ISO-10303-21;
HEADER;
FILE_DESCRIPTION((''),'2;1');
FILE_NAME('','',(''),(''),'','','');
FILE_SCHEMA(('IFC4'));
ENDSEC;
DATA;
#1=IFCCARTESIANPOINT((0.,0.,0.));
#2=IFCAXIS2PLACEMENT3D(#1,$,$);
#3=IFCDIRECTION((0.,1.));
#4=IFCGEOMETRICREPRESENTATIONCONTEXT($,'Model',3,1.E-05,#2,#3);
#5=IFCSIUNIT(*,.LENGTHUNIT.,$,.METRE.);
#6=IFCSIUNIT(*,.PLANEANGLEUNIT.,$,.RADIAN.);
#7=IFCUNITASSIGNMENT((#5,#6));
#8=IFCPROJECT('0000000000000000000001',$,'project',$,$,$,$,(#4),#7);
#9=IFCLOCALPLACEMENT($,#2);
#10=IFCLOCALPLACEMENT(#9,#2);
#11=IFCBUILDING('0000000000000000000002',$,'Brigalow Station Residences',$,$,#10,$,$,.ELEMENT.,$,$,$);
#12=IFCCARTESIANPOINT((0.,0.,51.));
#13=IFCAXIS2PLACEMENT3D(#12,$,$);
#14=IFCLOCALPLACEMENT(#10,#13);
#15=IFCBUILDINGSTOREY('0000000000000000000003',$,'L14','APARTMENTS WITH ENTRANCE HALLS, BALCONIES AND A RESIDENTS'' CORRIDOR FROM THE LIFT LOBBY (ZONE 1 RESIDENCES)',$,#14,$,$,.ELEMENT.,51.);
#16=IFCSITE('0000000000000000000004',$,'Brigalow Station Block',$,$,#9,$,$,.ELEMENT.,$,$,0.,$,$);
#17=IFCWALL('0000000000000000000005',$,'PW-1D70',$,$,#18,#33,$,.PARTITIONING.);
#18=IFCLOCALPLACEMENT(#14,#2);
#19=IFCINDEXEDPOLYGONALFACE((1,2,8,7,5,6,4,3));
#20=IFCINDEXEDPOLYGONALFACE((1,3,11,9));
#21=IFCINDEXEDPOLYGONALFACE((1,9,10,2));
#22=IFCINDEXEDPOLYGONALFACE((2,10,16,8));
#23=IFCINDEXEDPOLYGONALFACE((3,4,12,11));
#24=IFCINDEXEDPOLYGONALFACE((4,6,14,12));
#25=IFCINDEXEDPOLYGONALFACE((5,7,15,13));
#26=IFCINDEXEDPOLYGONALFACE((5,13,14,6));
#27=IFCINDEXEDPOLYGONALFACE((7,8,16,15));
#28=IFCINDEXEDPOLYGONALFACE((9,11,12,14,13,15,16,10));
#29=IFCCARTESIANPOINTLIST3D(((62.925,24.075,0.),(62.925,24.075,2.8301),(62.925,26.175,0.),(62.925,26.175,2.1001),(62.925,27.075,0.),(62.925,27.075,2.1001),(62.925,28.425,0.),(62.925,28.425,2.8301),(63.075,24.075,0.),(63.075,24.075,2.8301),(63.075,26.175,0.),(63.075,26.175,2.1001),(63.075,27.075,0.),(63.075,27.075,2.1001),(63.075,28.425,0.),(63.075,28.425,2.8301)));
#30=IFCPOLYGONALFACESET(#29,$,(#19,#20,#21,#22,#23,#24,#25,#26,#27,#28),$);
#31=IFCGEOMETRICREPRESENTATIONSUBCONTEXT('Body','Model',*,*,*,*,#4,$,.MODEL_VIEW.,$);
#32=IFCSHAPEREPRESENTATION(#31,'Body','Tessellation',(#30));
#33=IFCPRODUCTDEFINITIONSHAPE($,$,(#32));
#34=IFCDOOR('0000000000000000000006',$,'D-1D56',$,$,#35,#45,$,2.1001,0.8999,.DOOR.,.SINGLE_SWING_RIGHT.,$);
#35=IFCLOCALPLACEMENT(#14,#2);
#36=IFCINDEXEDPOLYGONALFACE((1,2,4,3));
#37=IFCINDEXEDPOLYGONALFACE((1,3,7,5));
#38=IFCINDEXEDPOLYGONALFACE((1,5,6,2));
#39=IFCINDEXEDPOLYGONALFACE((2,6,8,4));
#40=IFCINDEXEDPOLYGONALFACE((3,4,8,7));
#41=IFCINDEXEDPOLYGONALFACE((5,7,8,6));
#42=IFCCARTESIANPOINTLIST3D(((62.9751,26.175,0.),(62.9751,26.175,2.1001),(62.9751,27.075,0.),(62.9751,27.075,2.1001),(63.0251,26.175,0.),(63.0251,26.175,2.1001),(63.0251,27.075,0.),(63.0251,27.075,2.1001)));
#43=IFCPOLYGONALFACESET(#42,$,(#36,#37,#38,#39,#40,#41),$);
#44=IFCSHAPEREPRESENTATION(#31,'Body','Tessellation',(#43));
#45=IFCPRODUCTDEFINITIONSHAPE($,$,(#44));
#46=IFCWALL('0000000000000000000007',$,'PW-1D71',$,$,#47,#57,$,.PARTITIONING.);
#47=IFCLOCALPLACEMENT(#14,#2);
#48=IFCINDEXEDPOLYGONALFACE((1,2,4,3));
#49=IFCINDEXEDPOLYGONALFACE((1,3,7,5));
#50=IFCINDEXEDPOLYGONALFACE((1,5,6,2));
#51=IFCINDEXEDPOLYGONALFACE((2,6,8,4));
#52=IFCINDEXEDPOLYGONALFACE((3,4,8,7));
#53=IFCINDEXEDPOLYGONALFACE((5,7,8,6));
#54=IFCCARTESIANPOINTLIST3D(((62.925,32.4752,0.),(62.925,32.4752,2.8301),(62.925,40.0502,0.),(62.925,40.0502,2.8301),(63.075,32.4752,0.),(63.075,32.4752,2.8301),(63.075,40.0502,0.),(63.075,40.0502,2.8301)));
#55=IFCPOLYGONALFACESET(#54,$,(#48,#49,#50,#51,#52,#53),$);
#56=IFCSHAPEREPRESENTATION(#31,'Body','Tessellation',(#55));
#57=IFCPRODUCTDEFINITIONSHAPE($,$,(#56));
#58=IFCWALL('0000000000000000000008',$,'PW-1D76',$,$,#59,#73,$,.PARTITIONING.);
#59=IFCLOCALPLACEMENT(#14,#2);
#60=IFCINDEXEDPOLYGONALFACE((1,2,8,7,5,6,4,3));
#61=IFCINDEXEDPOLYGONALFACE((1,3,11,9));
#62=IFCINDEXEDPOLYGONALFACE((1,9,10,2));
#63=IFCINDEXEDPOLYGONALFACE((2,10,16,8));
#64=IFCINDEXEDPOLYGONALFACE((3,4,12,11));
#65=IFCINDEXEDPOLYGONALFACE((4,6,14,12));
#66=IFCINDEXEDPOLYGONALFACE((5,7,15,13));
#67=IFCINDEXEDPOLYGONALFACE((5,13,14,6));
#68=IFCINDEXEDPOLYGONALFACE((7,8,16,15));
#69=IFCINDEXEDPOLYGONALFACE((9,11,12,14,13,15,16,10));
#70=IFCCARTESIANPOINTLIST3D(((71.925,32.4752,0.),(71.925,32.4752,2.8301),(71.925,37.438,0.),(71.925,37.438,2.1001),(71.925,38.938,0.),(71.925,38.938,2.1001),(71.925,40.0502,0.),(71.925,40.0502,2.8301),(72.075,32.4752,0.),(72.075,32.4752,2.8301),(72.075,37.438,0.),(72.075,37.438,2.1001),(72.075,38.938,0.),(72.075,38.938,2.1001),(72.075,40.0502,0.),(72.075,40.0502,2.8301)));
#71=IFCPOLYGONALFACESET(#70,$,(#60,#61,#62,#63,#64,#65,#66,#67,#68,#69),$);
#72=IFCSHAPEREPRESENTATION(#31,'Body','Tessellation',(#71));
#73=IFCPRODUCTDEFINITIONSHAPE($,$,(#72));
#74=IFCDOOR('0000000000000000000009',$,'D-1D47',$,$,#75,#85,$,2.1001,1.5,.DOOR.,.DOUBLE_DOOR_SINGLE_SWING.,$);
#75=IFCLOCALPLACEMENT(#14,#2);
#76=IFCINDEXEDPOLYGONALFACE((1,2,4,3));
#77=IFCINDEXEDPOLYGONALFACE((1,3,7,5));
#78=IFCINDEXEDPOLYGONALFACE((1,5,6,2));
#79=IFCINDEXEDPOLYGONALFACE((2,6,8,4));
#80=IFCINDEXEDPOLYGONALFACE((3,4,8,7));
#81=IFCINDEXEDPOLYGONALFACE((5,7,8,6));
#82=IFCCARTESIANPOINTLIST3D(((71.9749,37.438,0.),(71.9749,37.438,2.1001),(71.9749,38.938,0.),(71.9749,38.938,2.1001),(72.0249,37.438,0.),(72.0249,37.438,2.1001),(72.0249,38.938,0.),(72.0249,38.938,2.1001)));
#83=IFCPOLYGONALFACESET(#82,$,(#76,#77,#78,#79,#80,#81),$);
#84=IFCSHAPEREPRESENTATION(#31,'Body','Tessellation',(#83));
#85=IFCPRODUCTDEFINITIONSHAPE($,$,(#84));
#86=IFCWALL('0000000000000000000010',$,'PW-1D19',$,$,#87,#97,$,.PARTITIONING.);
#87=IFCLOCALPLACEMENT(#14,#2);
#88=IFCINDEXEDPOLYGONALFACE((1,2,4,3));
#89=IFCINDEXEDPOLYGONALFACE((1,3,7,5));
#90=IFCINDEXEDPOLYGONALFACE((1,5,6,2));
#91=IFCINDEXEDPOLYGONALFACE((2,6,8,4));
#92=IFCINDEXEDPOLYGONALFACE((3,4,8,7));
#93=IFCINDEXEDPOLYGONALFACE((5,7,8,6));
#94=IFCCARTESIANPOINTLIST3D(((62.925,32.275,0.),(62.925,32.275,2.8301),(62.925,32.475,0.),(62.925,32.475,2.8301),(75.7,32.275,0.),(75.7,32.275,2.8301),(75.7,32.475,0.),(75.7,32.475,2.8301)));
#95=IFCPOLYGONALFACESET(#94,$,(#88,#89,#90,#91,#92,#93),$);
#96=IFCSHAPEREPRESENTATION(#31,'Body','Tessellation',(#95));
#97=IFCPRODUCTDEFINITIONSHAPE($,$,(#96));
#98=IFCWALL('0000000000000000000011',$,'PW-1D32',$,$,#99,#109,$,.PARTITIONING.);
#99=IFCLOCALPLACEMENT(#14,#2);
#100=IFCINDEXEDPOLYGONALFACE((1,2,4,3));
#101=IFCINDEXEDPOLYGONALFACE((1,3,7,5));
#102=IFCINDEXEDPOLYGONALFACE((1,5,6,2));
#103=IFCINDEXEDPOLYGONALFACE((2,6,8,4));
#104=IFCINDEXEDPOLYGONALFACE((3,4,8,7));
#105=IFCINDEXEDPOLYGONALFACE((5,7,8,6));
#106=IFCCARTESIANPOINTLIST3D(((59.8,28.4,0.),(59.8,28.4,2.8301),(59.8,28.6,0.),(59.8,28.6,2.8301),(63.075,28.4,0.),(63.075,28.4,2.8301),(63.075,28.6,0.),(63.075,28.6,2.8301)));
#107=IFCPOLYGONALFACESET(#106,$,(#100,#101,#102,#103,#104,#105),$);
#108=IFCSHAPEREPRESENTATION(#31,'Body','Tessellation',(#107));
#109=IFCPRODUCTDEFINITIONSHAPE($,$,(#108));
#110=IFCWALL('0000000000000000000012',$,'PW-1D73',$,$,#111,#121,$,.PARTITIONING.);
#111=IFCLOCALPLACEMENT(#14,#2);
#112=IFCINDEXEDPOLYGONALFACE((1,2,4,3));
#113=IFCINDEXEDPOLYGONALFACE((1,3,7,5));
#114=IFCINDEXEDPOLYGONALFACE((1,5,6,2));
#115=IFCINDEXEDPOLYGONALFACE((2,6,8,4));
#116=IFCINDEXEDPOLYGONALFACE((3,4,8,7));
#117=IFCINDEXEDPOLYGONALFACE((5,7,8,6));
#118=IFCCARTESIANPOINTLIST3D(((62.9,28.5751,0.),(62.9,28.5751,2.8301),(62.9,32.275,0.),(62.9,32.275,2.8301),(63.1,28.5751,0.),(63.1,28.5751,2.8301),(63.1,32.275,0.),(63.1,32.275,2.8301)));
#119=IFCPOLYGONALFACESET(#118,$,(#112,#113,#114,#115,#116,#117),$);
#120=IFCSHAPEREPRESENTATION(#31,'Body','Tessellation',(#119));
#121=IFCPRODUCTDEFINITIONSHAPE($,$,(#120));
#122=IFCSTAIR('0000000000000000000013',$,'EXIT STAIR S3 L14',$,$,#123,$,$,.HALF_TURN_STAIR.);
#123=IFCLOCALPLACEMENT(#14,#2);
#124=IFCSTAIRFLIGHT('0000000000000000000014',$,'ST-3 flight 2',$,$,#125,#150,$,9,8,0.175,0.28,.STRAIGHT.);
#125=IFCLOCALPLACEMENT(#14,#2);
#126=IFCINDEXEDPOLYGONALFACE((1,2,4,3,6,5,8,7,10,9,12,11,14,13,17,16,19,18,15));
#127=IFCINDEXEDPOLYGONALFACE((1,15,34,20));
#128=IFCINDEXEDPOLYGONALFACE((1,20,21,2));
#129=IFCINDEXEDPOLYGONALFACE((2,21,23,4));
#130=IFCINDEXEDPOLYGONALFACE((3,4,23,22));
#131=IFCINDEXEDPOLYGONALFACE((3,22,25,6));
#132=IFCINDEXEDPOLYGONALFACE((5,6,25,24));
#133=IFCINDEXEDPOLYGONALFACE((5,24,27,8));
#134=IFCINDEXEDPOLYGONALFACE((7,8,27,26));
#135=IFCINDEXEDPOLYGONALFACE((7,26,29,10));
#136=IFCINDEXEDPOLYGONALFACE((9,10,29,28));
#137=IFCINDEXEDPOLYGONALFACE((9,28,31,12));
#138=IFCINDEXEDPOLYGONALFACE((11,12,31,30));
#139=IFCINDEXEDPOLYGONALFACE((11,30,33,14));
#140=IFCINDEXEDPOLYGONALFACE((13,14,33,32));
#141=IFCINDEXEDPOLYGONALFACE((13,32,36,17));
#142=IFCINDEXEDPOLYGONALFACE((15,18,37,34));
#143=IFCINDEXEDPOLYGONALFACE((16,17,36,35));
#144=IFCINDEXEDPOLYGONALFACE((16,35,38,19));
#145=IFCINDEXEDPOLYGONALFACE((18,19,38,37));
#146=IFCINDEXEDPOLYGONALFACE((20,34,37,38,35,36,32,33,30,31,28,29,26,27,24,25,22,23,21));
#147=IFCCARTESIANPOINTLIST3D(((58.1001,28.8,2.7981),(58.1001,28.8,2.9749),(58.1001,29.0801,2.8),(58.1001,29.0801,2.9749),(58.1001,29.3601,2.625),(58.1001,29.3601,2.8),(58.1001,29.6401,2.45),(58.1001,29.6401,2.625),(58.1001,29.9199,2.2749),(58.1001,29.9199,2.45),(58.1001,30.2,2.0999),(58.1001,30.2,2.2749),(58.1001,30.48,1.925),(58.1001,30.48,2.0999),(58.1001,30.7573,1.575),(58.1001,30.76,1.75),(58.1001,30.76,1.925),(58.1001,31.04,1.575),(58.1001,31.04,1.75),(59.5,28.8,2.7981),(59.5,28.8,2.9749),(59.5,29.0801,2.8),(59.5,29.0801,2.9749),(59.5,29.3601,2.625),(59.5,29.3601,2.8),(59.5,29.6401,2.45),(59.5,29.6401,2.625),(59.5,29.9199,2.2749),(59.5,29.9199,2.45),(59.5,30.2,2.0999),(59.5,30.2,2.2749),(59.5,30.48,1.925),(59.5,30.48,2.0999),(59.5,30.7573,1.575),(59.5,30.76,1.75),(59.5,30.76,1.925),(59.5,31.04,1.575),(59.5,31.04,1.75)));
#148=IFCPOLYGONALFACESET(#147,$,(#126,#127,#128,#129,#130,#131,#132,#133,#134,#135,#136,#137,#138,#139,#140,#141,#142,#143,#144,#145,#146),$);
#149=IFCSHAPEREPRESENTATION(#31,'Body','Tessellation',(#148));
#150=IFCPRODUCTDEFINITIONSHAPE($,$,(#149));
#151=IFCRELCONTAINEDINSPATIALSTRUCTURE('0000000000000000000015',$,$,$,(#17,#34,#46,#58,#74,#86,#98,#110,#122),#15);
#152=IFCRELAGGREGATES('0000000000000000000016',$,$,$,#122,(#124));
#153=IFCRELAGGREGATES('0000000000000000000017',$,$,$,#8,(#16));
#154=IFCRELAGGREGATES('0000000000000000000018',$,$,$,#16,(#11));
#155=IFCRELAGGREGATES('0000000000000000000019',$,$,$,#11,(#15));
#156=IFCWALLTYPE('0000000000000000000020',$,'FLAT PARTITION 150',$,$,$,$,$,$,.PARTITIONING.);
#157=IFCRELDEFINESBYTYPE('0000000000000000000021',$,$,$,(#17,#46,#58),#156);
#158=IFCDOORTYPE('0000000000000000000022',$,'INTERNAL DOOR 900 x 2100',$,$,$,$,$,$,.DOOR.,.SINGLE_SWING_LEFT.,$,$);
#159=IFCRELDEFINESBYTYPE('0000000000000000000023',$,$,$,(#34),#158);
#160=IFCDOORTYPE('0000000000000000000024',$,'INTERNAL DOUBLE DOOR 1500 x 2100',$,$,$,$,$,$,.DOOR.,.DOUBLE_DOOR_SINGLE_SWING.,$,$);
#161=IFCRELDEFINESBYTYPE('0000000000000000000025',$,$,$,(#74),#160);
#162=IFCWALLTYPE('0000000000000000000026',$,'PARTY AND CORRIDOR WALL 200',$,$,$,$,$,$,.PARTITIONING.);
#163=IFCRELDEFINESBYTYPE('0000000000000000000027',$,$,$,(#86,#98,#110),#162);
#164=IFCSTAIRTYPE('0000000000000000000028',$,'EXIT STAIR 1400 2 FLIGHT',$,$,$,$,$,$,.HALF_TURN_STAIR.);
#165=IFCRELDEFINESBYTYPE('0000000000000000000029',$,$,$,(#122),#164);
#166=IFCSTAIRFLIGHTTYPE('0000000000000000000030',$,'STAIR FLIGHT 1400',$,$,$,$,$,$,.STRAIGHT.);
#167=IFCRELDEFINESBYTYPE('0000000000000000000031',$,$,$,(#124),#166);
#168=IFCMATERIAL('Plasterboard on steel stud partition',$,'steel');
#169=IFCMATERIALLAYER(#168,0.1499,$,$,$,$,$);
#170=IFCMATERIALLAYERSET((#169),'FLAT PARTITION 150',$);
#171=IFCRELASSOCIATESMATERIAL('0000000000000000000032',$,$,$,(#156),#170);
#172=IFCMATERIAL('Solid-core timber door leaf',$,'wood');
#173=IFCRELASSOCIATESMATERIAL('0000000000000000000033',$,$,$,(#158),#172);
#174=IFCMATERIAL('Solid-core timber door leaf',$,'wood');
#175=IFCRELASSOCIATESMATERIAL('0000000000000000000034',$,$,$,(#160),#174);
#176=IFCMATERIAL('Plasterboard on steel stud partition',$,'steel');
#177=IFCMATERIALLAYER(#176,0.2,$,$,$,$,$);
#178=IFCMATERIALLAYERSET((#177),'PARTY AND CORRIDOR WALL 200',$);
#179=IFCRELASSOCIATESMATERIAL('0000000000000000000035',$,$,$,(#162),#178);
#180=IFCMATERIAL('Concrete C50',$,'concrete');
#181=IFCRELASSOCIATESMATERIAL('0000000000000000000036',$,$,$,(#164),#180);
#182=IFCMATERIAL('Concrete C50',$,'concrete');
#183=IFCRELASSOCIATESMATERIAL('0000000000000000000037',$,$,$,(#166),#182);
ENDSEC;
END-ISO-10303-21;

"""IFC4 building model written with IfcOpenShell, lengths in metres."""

from ifc_helpers import new_model, si_unit, direction, frame, frame_2d, origin, place, context, subcontext, project, spatial, polyline, rectangle, outline, extrude, material, layer, layer_set, type_object, element, fill, aggregate, save


model = new_model("IFC4")

# Units and contexts
model_context = context("Model", 3, precision=1e-05, world=origin(), true_north=direction((0.0, 1.0)))
body_context = subcontext(model_context, "Body", "Model", "MODEL_VIEW")
ifc_project = project(units=[si_unit("LENGTHUNIT", "METRE"), si_unit("PLANEANGLEUNIT", "RADIAN")], contexts=[model_context])

# Site, building, storey
site_placement = place(None, origin())
site = spatial("IfcSite", under=ifc_project, at=site_placement, Name="Brigalow Station Block", CompositionType="ELEMENT", RefElevation=0.0)
building_placement = place(site_placement, origin())
building = spatial("IfcBuilding", under=site, at=building_placement, Name="Brigalow Station Residences", CompositionType="ELEMENT")
storey_placement = place(building_placement, frame((0.0, 0.0, 51.0)))
storey = spatial("IfcBuildingStorey", under=building, at=storey_placement, Name="L14", Description="APARTMENTS WITH ENTRANCE HALLS, BALCONIES AND A RESIDENTS' CORRIDOR FROM THE LIFT LOBBY (ZONE 1 RESIDENCES)", CompositionType="ELEMENT", Elevation=51.0)

# Wall, opening, door
ifc_material_1 = material(Name="Plasterboard on steel stud partition", Category="steel")
ifc_layer_1 = layer(ifc_material_1, 0.1499)
ifc_layer_set_1 = layer_set([ifc_layer_1], Name="FLAT PARTITION 150")
wall_type_1 = type_object("IfcWallType", Name="FLAT PARTITION 150", PredefinedType="PARTITIONING", material=ifc_layer_set_1)
ifc_material_2 = material(Name="Solid-core timber door leaf", Category="wood")
door_type_1 = type_object("IfcDoorType", Name="INTERNAL DOOR 900 x 2100", OperationType="SINGLE_SWING_LEFT", PredefinedType="DOOR", material=ifc_material_2)
ifc_material_3 = material(Name="Solid-core timber door leaf", Category="wood")
door_type_2 = type_object("IfcDoorType", Name="INTERNAL DOUBLE DOOR 1500 x 2100", OperationType="DOUBLE_DOOR_SINGLE_SWING", PredefinedType="DOOR", material=ifc_material_3)
wall_1_placement = place(storey_placement, frame((63.0, 24.075, 0.0), z_axis=(0.0, 0.0, 1.0), x_axis=(0.0, 1.0, 0.0)))
wall_1 = element("IfcWall", 1, at=wall_1_placement, inside=storey, type_object=wall_type_1, Name="PW-1D70", PredefinedType="PARTITIONING", context=body_context, shape_type="SweptSolid", body=[
    extrude(rectangle(XDim=4.3501, YDim=0.1499, at=frame_2d((2.175, 0.0))), origin(), (0.0, 0.0, 1.0), 2.8301),
])
opening_1_placement = place(wall_1_placement, frame((2.1001, 0.0, 0.0)))
opening_1 = element("IfcOpeningElement", 2, at=opening_1_placement, cuts=wall_1, PredefinedType="OPENING", context=body_context, shape_type="SweptSolid", body=[
    extrude(rectangle(XDim=0.8999, YDim=2.1001, at=frame_2d((0.45, 1.05))), frame((0.0, 0.085, 0.0), z_axis=(0.0, -1.0, 0.0), x_axis=(1.0, 0.0, 0.0)), (0.0, 0.0, 1.0), 0.1699),
])
door_1_placement = place(opening_1_placement, origin())
door_1 = element("IfcDoor", 3, at=door_1_placement, inside=storey, type_object=door_type_1, Name="D-1D56", OperationType="SINGLE_SWING_RIGHT", OverallHeight=2.1001, OverallWidth=0.8999, PredefinedType="DOOR", context=body_context, shape_type="SweptSolid", body=[
    extrude(rectangle(XDim=0.8999, YDim=2.1001, at=frame_2d((0.45, 1.05))), frame((0.0, 0.0249, 0.0), z_axis=(0.0, -1.0, 0.0), x_axis=(1.0, 0.0, 0.0)), (0.0, 0.0, 1.0), 0.05),
])
fill(opening_1, door_1)

# Wall
wall_2_placement = place(storey_placement, frame((63.0, 32.4751, 0.0), z_axis=(0.0, 0.0, 1.0), x_axis=(0.0, 1.0, 0.0)))
element("IfcWall", 4, at=wall_2_placement, inside=storey, type_object=wall_type_1, Name="PW-1D71", PredefinedType="PARTITIONING", context=body_context, shape_type="SweptSolid", body=[
    extrude(rectangle(XDim=7.575, YDim=0.1499, at=frame_2d((3.7876, 0.0))), origin(), (0.0, 0.0, 1.0), 2.8301),
])

# Wall, opening, door
wall_3_placement = place(storey_placement, frame((72.0, 32.4751, 0.0), z_axis=(0.0, 0.0, 1.0), x_axis=(0.0, 1.0, 0.0)))
wall_3 = element("IfcWall", 5, at=wall_3_placement, inside=storey, type_object=wall_type_1, Name="PW-1D76", PredefinedType="PARTITIONING", context=body_context, shape_type="SweptSolid", body=[
    extrude(rectangle(XDim=7.575, YDim=0.1499, at=frame_2d((3.7876, 0.0))), origin(), (0.0, 0.0, 1.0), 2.8301),
])
opening_2_placement = place(wall_3_placement, frame((4.9629, 0.0, 0.0)))
opening_2 = element("IfcOpeningElement", 6, at=opening_2_placement, cuts=wall_3, PredefinedType="OPENING", context=body_context, shape_type="SweptSolid", body=[
    extrude(rectangle(XDim=1.5, YDim=2.1001, at=frame_2d((0.75, 1.05))), frame((0.0, 0.085, 0.0), z_axis=(0.0, -1.0, 0.0), x_axis=(1.0, 0.0, 0.0)), (0.0, 0.0, 1.0), 0.1699),
])
door_2_placement = place(opening_2_placement, frame((1.5, 0.0, 0.0), z_axis=(0.0, 0.0, 1.0), x_axis=(-1.0, 0.0, 0.0)))
door_2 = element("IfcDoor", 7, at=door_2_placement, inside=storey, type_object=door_type_2, Name="D-1D47", OperationType="DOUBLE_DOOR_SINGLE_SWING", OverallHeight=2.1001, OverallWidth=1.5, PredefinedType="DOOR", context=body_context, shape_type="SweptSolid", body=[
    extrude(rectangle(XDim=1.5, YDim=2.1001, at=frame_2d((0.75, 1.05))), frame((0.0, 0.0249, 0.0), z_axis=(0.0, -1.0, 0.0), x_axis=(1.0, 0.0, 0.0)), (0.0, 0.0, 1.0), 0.05),
])
fill(opening_2, door_2)

# Walls
ifc_material_4 = material(Name="Plasterboard on steel stud partition", Category="steel")
ifc_layer_2 = layer(ifc_material_4, 0.2)
ifc_layer_set_2 = layer_set([ifc_layer_2], Name="PARTY AND CORRIDOR WALL 200")
wall_type_2 = type_object("IfcWallType", Name="PARTY AND CORRIDOR WALL 200", PredefinedType="PARTITIONING", material=ifc_layer_set_2)
wall_4_placement = place(storey_placement, frame((62.925, 32.375, 0.0), z_axis=(0.0, 0.0, 1.0), x_axis=(1.0, 0.0, 0.0)))
element("IfcWall", 8, at=wall_4_placement, inside=storey, type_object=wall_type_2, Name="PW-1D19", PredefinedType="PARTITIONING", context=body_context, shape_type="SweptSolid", body=[
    extrude(rectangle(XDim=12.7749, YDim=0.2, at=frame_2d((6.3875, 0.0))), origin(), (0.0, 0.0, 1.0), 2.8301),
])
wall_5_placement = place(storey_placement, frame((59.8, 28.5, 0.0), z_axis=(0.0, 0.0, 1.0), x_axis=(1.0, 0.0, 0.0)))
element("IfcWall", 9, at=wall_5_placement, inside=storey, type_object=wall_type_2, Name="PW-1D32", PredefinedType="PARTITIONING", context=body_context, shape_type="SweptSolid", body=[
    extrude(rectangle(XDim=3.2749, YDim=0.2, at=frame_2d((1.6375, 0.0))), origin(), (0.0, 0.0, 1.0), 2.8301),
])
wall_6_placement = place(storey_placement, frame((63.0, 28.575, 0.0), z_axis=(0.0, 0.0, 1.0), x_axis=(0.0, 1.0, 0.0)))
element("IfcWall", 10, at=wall_6_placement, inside=storey, type_object=wall_type_2, Name="PW-1D73", PredefinedType="PARTITIONING", context=body_context, shape_type="SweptSolid", body=[
    extrude(rectangle(XDim=3.7, YDim=0.2, at=frame_2d((1.8501, 0.0))), origin(), (0.0, 0.0, 1.0), 2.8301),
])

# Stair, stair flight
ifc_material_5 = material(Name="Concrete C50", Category="concrete")
stair_type = type_object("IfcStairType", Name="EXIT STAIR 1400 2 FLIGHT", PredefinedType="HALF_TURN_STAIR", material=ifc_material_5)
stair_placement = place(storey_placement, origin())
stair = element("IfcStair", 11, at=stair_placement, inside=storey, type_object=stair_type, Name="EXIT STAIR S3 L14", PredefinedType="HALF_TURN_STAIR")
ifc_material_6 = material(Name="Concrete C50", Category="concrete")
stair_flight_type = type_object("IfcStairFlightType", Name="STAIR FLIGHT 1400", PredefinedType="STRAIGHT", material=ifc_material_6)
stair_flight_placement = place(storey_placement, frame((58.8, 31.04, 1.575), z_axis=(0.0, 0.0, 1.0), x_axis=(0.0, -1.0, 0.0)))
stair_flight = element("IfcStairFlight", 12, at=stair_flight_placement, type_object=stair_flight_type, Name="ST-3 flight 2", NumberOfRisers=9, NumberOfTreads=8, PredefinedType="STRAIGHT", RiserHeight=0.175, TreadLength=0.28, context=body_context, shape_type="SweptSolid", body=[
    extrude(outline(polyline([(0.0, 0.0), (0.0, 0.175), (0.28, 0.175), (0.28, 0.3501), (0.5601, 0.3501), (0.5601, 0.5249), (0.8401, 0.5249), (0.8401, 0.7), (1.1201, 0.7), (1.1201, 0.875), (1.3999, 0.875), (1.3999, 1.05), (1.6799, 1.05), (1.6799, 1.2251), (1.96, 1.2251), (1.96, 1.3999), (2.24, 1.3999), (2.24, 1.575), (2.24, 1.2231), (0.2827, 0.0), (0.0, 0.0)])), frame((0.0, 0.7, 0.0), z_axis=(0.0, -1.0, 0.0), x_axis=(1.0, 0.0, 0.0)), (0.0, 0.0, 1.0), 1.3999),
])
aggregate(stair, [stair_flight])

save(model, "model.ifc")
